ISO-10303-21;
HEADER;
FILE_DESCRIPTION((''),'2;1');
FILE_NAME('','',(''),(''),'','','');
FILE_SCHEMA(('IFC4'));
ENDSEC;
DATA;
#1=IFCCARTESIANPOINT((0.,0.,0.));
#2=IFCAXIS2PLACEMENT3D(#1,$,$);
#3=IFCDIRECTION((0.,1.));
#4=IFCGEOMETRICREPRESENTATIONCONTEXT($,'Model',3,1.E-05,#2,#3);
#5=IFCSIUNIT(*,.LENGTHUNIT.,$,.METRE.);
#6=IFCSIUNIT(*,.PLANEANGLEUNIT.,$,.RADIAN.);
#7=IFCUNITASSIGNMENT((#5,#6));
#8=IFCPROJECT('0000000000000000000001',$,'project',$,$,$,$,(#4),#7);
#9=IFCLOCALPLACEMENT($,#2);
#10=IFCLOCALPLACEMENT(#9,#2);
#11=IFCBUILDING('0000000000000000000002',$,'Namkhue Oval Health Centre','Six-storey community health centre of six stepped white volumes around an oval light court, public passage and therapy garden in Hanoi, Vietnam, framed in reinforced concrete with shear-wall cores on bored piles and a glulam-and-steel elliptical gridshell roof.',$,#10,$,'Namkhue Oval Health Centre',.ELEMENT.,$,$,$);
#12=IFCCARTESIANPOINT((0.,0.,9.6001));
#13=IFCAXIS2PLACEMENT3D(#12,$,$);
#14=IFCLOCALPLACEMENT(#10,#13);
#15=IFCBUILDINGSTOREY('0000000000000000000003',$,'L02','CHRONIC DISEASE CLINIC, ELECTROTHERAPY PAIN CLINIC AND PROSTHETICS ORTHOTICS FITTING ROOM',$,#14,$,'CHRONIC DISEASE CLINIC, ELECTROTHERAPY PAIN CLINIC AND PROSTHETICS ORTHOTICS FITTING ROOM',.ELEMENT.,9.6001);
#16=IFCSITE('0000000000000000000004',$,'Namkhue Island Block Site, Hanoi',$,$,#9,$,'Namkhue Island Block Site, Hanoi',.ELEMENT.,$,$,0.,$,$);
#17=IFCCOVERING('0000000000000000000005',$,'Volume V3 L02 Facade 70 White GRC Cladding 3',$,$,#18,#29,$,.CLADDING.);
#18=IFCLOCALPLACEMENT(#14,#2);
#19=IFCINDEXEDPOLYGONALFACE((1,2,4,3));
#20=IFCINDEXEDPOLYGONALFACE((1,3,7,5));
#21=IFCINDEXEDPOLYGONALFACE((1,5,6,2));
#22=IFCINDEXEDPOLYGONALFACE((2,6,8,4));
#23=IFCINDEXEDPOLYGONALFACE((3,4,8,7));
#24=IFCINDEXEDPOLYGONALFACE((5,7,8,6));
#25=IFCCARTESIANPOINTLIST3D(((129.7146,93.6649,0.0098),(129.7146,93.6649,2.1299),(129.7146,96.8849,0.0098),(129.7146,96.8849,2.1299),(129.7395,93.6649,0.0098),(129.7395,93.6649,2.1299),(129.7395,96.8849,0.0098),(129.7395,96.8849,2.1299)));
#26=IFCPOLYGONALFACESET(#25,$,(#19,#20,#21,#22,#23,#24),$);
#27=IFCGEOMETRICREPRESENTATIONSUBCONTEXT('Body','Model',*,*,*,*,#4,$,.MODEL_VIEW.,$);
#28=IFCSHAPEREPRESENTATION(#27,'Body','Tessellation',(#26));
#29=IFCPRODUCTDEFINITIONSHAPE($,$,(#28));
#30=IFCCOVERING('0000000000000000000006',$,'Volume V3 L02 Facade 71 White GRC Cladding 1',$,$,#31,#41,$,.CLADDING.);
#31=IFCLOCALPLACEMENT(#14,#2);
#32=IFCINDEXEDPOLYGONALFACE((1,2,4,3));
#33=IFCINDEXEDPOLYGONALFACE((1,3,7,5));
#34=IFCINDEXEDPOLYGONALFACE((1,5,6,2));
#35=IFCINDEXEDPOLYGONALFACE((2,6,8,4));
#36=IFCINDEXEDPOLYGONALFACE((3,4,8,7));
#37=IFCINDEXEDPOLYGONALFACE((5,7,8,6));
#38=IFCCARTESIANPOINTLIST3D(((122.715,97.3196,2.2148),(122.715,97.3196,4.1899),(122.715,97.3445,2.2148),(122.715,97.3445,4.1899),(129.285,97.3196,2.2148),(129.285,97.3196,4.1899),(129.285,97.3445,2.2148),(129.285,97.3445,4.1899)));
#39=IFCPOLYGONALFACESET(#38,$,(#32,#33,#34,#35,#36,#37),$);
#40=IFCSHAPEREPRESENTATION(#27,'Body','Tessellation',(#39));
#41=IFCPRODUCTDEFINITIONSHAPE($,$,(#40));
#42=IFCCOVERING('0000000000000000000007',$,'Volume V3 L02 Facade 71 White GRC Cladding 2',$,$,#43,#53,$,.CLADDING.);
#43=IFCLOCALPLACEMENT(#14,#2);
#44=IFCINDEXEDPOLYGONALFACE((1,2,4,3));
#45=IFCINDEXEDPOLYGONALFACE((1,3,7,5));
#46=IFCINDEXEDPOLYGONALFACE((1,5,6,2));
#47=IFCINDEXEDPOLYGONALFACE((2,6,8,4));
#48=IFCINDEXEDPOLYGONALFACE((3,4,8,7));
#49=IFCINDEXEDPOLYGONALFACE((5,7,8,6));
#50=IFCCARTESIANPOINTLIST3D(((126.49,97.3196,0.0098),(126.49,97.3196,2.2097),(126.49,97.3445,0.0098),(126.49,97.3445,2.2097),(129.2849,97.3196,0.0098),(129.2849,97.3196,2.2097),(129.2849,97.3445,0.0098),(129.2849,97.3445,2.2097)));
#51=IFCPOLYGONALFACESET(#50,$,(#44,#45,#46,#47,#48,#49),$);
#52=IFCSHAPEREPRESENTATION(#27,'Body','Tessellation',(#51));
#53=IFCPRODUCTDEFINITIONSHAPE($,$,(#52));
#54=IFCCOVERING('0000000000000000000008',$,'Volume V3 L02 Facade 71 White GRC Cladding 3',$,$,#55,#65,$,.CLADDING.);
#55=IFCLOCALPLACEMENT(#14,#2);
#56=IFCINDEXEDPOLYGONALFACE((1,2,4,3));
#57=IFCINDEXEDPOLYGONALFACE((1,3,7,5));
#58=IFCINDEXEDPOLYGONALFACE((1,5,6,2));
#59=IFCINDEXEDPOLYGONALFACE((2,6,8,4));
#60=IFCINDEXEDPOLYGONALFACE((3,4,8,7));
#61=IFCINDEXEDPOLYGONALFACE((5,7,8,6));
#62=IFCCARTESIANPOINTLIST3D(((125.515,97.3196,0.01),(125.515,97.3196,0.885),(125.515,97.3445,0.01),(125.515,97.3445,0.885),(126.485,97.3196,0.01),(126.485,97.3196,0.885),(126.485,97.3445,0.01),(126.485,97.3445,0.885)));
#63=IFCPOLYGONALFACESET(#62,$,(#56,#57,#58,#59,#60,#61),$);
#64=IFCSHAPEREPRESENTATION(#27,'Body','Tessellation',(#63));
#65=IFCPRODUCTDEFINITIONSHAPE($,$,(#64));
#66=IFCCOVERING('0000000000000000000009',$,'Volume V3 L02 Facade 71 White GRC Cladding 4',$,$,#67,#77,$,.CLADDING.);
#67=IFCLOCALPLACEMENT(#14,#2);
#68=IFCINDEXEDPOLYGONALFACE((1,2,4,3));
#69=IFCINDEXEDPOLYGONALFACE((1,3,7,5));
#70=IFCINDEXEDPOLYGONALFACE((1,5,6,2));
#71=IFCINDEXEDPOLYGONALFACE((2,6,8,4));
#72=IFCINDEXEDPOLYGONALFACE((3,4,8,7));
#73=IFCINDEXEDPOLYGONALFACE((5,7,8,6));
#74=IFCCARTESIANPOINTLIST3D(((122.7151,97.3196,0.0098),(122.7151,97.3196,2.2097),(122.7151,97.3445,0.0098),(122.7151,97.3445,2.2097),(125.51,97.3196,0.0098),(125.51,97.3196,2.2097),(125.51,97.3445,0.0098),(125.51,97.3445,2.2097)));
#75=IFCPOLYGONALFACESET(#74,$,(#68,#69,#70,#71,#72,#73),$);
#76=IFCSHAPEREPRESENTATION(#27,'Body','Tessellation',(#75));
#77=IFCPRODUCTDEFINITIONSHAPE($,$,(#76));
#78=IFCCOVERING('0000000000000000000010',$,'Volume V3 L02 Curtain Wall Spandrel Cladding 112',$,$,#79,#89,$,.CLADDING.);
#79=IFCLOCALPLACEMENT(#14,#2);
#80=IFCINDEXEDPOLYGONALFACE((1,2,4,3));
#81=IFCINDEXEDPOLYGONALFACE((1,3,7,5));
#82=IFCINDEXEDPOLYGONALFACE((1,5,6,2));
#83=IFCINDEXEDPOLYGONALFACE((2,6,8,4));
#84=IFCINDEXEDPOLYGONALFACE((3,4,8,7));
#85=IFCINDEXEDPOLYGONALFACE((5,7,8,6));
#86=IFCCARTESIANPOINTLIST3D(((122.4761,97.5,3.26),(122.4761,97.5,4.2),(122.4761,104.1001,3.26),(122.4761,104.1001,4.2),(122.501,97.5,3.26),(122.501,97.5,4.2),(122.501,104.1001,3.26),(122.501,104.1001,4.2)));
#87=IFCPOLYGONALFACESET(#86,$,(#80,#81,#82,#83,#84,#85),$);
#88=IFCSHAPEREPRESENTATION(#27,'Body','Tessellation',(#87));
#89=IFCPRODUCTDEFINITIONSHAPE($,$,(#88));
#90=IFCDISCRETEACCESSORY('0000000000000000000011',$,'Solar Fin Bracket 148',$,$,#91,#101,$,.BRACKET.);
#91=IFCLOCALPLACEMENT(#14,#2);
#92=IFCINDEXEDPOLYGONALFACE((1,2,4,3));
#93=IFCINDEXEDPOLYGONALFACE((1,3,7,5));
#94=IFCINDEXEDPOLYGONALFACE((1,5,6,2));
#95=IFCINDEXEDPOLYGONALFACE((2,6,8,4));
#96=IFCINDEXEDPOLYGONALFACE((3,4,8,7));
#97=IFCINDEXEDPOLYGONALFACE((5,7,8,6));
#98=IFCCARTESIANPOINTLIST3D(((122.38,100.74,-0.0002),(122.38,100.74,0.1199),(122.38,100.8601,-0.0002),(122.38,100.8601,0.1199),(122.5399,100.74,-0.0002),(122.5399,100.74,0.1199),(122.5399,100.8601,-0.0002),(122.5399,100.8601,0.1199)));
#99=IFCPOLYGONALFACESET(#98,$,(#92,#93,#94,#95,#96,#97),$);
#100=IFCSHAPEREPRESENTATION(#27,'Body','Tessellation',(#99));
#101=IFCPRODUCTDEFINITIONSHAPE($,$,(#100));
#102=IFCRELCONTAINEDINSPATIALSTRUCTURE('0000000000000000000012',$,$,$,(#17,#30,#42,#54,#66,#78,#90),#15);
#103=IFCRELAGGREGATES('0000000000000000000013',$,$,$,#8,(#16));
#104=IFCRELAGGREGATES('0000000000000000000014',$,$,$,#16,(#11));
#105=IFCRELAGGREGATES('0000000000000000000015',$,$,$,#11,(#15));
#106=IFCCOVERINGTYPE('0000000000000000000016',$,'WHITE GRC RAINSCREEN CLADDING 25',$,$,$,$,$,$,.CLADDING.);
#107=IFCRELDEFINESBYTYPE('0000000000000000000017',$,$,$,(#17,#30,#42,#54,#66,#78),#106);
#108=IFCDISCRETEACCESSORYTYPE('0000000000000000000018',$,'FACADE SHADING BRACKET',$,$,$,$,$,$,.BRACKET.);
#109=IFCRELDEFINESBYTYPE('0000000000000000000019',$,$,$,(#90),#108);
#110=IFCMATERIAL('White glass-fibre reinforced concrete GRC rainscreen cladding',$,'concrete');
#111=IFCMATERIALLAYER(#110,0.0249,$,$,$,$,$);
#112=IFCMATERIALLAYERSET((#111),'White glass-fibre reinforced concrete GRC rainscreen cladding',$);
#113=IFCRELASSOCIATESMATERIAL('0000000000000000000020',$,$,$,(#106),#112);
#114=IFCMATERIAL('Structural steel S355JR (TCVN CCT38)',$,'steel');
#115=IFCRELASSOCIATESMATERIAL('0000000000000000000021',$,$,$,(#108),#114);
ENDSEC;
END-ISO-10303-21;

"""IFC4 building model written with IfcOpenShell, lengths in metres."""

from ifc_helpers import new_model, si_unit, direction, frame, origin, origin_2d, place, context, subcontext, project, spatial, rectangle, extrude, material, layer, layer_set, type_object, element, save


model = new_model("IFC4")

# Units and contexts
model_context = context("Model", 3, precision=1e-05, world=origin(), true_north=direction((0.0, 1.0)))
body_context = subcontext(model_context, "Body", "Model", "MODEL_VIEW")
ifc_project = project(units=[si_unit("LENGTHUNIT", "METRE"), si_unit("PLANEANGLEUNIT", "RADIAN")], contexts=[model_context])

# Site, building, storey
site_placement = place(None, origin())
site = spatial("IfcSite", under=ifc_project, at=site_placement, Name="Namkhue Island Block Site, Hanoi", LongName="Namkhue Island Block Site, Hanoi", CompositionType="ELEMENT", RefElevation=0.0)
building_placement = place(site_placement, origin())
building = spatial("IfcBuilding", under=site, at=building_placement, Name="Namkhue Oval Health Centre", Description="Six-storey community health centre of six stepped white volumes around an oval light court, public passage and therapy garden in Hanoi, Vietnam, framed in reinforced concrete with shear-wall cores on bored piles and a glulam-and-steel elliptical gridshell roof.", LongName="Namkhue Oval Health Centre", CompositionType="ELEMENT")
storey_placement = place(building_placement, frame((0.0, 0.0, 9.6001)))
storey = spatial("IfcBuildingStorey", under=building, at=storey_placement, Name="L02", Description="CHRONIC DISEASE CLINIC, ELECTROTHERAPY PAIN CLINIC AND PROSTHETICS ORTHOTICS FITTING ROOM", LongName="CHRONIC DISEASE CLINIC, ELECTROTHERAPY PAIN CLINIC AND PROSTHETICS ORTHOTICS FITTING ROOM", CompositionType="ELEMENT", Elevation=9.6001)

# Coverings
ifc_material_1 = material(Name="White glass-fibre reinforced concrete GRC rainscreen cladding", Category="concrete")
ifc_layer_1 = layer(ifc_material_1, 0.0249)
ifc_layer_set_1 = layer_set([ifc_layer_1], Name="White glass-fibre reinforced concrete GRC rainscreen cladding")
covering_type = type_object("IfcCoveringType", Name="WHITE GRC RAINSCREEN CLADDING 25", PredefinedType="CLADDING", material=ifc_layer_set_1)
covering_1_placement = place(storey_placement, frame((129.7271, 95.2749, 0.0098), z_axis=(0.0, 0.0, 1.0), x_axis=(0.0, 1.0, 0.0)))
element("IfcCovering", 1, at=covering_1_placement, inside=storey, type_object=covering_type, Name="Volume V3 L02 Facade 70 White GRC Cladding 3", PredefinedType="CLADDING", context=body_context, shape_type="SweptSolid", body=[
    extrude(rectangle(XDim=3.22, YDim=0.0249, at=origin_2d()), origin(), (0.0, 0.0, 1.0), 2.1201),
])
covering_2_placement = place(storey_placement, frame((126.0, 97.332, 2.2148), z_axis=(0.0, 0.0, 1.0), x_axis=(-1.0, 0.0, 0.0)))
element("IfcCovering", 2, at=covering_2_placement, inside=storey, type_object=covering_type, Name="Volume V3 L02 Facade 71 White GRC Cladding 1", PredefinedType="CLADDING", context=body_context, shape_type="SweptSolid", body=[
    extrude(rectangle(XDim=6.5701, YDim=0.0249, at=origin_2d()), origin(), (0.0, 0.0, 1.0), 1.9751),
])
covering_3_placement = place(storey_placement, frame((127.8875, 97.332, 0.0098), z_axis=(0.0, 0.0, 1.0), x_axis=(-1.0, 0.0, 0.0)))
element("IfcCovering", 3, at=covering_3_placement, inside=storey, type_object=covering_type, Name="Volume V3 L02 Facade 71 White GRC Cladding 2", PredefinedType="CLADDING", context=body_context, shape_type="SweptSolid", body=[
    extrude(rectangle(XDim=2.7949, YDim=0.0249, at=origin_2d()), origin(), (0.0, 0.0, 1.0), 2.2),
])
covering_4_placement = place(storey_placement, frame((126.0, 97.332, 0.01), z_axis=(0.0, 0.0, 1.0), x_axis=(-1.0, 0.0, 0.0)))
element("IfcCovering", 4, at=covering_4_placement, inside=storey, type_object=covering_type, Name="Volume V3 L02 Facade 71 White GRC Cladding 3", PredefinedType="CLADDING", context=body_context, shape_type="SweptSolid", body=[
    extrude(rectangle(XDim=0.97, YDim=0.0249, at=origin_2d()), origin(), (0.0, 0.0, 1.0), 0.875),
])
covering_5_placement = place(storey_placement, frame((124.1125, 97.332, 0.0098), z_axis=(0.0, 0.0, 1.0), x_axis=(-1.0, 0.0, 0.0)))
element("IfcCovering", 5, at=covering_5_placement, inside=storey, type_object=covering_type, Name="Volume V3 L02 Facade 71 White GRC Cladding 4", PredefinedType="CLADDING", context=body_context, shape_type="SweptSolid", body=[
    extrude(rectangle(XDim=2.7949, YDim=0.0249, at=origin_2d()), origin(), (0.0, 0.0, 1.0), 2.2),
])
covering_6_placement = place(storey_placement, frame((122.4885, 100.8, 3.26), z_axis=(0.0, 0.0, 1.0), x_axis=(0.0, 1.0, 0.0)))
element("IfcCovering", 6, at=covering_6_placement, inside=storey, type_object=covering_type, Name="Volume V3 L02 Curtain Wall Spandrel Cladding 112", PredefinedType="CLADDING", context=body_context, shape_type="SweptSolid", body=[
    extrude(rectangle(XDim=6.6001, YDim=0.0249, at=origin_2d()), origin(), (0.0, 0.0, 1.0), 0.9399),
])

# Discrete accessory
ifc_material_2 = material(Name="Structural steel S355JR (TCVN CCT38)", Category="steel")
discrete_accessory_type = type_object("IfcDiscreteAccessoryType", Name="FACADE SHADING BRACKET", PredefinedType="BRACKET", material=ifc_material_2)
discrete_accessory_placement = place(storey_placement, frame((122.46, 100.8, -0.0002), z_axis=(0.0, 0.0, 1.0), x_axis=(1.0, 0.0, 0.0)))
element("IfcDiscreteAccessory", 7, at=discrete_accessory_placement, inside=storey, type_object=discrete_accessory_type, Name="Solar Fin Bracket 148", PredefinedType="BRACKET", context=body_context, shape_type="SweptSolid", body=[
    extrude(rectangle(XDim=0.1599, YDim=0.1201, at=origin_2d()), origin(), (0.0, 0.0, 1.0), 0.1201),
])

save(model, "model.ifc")
